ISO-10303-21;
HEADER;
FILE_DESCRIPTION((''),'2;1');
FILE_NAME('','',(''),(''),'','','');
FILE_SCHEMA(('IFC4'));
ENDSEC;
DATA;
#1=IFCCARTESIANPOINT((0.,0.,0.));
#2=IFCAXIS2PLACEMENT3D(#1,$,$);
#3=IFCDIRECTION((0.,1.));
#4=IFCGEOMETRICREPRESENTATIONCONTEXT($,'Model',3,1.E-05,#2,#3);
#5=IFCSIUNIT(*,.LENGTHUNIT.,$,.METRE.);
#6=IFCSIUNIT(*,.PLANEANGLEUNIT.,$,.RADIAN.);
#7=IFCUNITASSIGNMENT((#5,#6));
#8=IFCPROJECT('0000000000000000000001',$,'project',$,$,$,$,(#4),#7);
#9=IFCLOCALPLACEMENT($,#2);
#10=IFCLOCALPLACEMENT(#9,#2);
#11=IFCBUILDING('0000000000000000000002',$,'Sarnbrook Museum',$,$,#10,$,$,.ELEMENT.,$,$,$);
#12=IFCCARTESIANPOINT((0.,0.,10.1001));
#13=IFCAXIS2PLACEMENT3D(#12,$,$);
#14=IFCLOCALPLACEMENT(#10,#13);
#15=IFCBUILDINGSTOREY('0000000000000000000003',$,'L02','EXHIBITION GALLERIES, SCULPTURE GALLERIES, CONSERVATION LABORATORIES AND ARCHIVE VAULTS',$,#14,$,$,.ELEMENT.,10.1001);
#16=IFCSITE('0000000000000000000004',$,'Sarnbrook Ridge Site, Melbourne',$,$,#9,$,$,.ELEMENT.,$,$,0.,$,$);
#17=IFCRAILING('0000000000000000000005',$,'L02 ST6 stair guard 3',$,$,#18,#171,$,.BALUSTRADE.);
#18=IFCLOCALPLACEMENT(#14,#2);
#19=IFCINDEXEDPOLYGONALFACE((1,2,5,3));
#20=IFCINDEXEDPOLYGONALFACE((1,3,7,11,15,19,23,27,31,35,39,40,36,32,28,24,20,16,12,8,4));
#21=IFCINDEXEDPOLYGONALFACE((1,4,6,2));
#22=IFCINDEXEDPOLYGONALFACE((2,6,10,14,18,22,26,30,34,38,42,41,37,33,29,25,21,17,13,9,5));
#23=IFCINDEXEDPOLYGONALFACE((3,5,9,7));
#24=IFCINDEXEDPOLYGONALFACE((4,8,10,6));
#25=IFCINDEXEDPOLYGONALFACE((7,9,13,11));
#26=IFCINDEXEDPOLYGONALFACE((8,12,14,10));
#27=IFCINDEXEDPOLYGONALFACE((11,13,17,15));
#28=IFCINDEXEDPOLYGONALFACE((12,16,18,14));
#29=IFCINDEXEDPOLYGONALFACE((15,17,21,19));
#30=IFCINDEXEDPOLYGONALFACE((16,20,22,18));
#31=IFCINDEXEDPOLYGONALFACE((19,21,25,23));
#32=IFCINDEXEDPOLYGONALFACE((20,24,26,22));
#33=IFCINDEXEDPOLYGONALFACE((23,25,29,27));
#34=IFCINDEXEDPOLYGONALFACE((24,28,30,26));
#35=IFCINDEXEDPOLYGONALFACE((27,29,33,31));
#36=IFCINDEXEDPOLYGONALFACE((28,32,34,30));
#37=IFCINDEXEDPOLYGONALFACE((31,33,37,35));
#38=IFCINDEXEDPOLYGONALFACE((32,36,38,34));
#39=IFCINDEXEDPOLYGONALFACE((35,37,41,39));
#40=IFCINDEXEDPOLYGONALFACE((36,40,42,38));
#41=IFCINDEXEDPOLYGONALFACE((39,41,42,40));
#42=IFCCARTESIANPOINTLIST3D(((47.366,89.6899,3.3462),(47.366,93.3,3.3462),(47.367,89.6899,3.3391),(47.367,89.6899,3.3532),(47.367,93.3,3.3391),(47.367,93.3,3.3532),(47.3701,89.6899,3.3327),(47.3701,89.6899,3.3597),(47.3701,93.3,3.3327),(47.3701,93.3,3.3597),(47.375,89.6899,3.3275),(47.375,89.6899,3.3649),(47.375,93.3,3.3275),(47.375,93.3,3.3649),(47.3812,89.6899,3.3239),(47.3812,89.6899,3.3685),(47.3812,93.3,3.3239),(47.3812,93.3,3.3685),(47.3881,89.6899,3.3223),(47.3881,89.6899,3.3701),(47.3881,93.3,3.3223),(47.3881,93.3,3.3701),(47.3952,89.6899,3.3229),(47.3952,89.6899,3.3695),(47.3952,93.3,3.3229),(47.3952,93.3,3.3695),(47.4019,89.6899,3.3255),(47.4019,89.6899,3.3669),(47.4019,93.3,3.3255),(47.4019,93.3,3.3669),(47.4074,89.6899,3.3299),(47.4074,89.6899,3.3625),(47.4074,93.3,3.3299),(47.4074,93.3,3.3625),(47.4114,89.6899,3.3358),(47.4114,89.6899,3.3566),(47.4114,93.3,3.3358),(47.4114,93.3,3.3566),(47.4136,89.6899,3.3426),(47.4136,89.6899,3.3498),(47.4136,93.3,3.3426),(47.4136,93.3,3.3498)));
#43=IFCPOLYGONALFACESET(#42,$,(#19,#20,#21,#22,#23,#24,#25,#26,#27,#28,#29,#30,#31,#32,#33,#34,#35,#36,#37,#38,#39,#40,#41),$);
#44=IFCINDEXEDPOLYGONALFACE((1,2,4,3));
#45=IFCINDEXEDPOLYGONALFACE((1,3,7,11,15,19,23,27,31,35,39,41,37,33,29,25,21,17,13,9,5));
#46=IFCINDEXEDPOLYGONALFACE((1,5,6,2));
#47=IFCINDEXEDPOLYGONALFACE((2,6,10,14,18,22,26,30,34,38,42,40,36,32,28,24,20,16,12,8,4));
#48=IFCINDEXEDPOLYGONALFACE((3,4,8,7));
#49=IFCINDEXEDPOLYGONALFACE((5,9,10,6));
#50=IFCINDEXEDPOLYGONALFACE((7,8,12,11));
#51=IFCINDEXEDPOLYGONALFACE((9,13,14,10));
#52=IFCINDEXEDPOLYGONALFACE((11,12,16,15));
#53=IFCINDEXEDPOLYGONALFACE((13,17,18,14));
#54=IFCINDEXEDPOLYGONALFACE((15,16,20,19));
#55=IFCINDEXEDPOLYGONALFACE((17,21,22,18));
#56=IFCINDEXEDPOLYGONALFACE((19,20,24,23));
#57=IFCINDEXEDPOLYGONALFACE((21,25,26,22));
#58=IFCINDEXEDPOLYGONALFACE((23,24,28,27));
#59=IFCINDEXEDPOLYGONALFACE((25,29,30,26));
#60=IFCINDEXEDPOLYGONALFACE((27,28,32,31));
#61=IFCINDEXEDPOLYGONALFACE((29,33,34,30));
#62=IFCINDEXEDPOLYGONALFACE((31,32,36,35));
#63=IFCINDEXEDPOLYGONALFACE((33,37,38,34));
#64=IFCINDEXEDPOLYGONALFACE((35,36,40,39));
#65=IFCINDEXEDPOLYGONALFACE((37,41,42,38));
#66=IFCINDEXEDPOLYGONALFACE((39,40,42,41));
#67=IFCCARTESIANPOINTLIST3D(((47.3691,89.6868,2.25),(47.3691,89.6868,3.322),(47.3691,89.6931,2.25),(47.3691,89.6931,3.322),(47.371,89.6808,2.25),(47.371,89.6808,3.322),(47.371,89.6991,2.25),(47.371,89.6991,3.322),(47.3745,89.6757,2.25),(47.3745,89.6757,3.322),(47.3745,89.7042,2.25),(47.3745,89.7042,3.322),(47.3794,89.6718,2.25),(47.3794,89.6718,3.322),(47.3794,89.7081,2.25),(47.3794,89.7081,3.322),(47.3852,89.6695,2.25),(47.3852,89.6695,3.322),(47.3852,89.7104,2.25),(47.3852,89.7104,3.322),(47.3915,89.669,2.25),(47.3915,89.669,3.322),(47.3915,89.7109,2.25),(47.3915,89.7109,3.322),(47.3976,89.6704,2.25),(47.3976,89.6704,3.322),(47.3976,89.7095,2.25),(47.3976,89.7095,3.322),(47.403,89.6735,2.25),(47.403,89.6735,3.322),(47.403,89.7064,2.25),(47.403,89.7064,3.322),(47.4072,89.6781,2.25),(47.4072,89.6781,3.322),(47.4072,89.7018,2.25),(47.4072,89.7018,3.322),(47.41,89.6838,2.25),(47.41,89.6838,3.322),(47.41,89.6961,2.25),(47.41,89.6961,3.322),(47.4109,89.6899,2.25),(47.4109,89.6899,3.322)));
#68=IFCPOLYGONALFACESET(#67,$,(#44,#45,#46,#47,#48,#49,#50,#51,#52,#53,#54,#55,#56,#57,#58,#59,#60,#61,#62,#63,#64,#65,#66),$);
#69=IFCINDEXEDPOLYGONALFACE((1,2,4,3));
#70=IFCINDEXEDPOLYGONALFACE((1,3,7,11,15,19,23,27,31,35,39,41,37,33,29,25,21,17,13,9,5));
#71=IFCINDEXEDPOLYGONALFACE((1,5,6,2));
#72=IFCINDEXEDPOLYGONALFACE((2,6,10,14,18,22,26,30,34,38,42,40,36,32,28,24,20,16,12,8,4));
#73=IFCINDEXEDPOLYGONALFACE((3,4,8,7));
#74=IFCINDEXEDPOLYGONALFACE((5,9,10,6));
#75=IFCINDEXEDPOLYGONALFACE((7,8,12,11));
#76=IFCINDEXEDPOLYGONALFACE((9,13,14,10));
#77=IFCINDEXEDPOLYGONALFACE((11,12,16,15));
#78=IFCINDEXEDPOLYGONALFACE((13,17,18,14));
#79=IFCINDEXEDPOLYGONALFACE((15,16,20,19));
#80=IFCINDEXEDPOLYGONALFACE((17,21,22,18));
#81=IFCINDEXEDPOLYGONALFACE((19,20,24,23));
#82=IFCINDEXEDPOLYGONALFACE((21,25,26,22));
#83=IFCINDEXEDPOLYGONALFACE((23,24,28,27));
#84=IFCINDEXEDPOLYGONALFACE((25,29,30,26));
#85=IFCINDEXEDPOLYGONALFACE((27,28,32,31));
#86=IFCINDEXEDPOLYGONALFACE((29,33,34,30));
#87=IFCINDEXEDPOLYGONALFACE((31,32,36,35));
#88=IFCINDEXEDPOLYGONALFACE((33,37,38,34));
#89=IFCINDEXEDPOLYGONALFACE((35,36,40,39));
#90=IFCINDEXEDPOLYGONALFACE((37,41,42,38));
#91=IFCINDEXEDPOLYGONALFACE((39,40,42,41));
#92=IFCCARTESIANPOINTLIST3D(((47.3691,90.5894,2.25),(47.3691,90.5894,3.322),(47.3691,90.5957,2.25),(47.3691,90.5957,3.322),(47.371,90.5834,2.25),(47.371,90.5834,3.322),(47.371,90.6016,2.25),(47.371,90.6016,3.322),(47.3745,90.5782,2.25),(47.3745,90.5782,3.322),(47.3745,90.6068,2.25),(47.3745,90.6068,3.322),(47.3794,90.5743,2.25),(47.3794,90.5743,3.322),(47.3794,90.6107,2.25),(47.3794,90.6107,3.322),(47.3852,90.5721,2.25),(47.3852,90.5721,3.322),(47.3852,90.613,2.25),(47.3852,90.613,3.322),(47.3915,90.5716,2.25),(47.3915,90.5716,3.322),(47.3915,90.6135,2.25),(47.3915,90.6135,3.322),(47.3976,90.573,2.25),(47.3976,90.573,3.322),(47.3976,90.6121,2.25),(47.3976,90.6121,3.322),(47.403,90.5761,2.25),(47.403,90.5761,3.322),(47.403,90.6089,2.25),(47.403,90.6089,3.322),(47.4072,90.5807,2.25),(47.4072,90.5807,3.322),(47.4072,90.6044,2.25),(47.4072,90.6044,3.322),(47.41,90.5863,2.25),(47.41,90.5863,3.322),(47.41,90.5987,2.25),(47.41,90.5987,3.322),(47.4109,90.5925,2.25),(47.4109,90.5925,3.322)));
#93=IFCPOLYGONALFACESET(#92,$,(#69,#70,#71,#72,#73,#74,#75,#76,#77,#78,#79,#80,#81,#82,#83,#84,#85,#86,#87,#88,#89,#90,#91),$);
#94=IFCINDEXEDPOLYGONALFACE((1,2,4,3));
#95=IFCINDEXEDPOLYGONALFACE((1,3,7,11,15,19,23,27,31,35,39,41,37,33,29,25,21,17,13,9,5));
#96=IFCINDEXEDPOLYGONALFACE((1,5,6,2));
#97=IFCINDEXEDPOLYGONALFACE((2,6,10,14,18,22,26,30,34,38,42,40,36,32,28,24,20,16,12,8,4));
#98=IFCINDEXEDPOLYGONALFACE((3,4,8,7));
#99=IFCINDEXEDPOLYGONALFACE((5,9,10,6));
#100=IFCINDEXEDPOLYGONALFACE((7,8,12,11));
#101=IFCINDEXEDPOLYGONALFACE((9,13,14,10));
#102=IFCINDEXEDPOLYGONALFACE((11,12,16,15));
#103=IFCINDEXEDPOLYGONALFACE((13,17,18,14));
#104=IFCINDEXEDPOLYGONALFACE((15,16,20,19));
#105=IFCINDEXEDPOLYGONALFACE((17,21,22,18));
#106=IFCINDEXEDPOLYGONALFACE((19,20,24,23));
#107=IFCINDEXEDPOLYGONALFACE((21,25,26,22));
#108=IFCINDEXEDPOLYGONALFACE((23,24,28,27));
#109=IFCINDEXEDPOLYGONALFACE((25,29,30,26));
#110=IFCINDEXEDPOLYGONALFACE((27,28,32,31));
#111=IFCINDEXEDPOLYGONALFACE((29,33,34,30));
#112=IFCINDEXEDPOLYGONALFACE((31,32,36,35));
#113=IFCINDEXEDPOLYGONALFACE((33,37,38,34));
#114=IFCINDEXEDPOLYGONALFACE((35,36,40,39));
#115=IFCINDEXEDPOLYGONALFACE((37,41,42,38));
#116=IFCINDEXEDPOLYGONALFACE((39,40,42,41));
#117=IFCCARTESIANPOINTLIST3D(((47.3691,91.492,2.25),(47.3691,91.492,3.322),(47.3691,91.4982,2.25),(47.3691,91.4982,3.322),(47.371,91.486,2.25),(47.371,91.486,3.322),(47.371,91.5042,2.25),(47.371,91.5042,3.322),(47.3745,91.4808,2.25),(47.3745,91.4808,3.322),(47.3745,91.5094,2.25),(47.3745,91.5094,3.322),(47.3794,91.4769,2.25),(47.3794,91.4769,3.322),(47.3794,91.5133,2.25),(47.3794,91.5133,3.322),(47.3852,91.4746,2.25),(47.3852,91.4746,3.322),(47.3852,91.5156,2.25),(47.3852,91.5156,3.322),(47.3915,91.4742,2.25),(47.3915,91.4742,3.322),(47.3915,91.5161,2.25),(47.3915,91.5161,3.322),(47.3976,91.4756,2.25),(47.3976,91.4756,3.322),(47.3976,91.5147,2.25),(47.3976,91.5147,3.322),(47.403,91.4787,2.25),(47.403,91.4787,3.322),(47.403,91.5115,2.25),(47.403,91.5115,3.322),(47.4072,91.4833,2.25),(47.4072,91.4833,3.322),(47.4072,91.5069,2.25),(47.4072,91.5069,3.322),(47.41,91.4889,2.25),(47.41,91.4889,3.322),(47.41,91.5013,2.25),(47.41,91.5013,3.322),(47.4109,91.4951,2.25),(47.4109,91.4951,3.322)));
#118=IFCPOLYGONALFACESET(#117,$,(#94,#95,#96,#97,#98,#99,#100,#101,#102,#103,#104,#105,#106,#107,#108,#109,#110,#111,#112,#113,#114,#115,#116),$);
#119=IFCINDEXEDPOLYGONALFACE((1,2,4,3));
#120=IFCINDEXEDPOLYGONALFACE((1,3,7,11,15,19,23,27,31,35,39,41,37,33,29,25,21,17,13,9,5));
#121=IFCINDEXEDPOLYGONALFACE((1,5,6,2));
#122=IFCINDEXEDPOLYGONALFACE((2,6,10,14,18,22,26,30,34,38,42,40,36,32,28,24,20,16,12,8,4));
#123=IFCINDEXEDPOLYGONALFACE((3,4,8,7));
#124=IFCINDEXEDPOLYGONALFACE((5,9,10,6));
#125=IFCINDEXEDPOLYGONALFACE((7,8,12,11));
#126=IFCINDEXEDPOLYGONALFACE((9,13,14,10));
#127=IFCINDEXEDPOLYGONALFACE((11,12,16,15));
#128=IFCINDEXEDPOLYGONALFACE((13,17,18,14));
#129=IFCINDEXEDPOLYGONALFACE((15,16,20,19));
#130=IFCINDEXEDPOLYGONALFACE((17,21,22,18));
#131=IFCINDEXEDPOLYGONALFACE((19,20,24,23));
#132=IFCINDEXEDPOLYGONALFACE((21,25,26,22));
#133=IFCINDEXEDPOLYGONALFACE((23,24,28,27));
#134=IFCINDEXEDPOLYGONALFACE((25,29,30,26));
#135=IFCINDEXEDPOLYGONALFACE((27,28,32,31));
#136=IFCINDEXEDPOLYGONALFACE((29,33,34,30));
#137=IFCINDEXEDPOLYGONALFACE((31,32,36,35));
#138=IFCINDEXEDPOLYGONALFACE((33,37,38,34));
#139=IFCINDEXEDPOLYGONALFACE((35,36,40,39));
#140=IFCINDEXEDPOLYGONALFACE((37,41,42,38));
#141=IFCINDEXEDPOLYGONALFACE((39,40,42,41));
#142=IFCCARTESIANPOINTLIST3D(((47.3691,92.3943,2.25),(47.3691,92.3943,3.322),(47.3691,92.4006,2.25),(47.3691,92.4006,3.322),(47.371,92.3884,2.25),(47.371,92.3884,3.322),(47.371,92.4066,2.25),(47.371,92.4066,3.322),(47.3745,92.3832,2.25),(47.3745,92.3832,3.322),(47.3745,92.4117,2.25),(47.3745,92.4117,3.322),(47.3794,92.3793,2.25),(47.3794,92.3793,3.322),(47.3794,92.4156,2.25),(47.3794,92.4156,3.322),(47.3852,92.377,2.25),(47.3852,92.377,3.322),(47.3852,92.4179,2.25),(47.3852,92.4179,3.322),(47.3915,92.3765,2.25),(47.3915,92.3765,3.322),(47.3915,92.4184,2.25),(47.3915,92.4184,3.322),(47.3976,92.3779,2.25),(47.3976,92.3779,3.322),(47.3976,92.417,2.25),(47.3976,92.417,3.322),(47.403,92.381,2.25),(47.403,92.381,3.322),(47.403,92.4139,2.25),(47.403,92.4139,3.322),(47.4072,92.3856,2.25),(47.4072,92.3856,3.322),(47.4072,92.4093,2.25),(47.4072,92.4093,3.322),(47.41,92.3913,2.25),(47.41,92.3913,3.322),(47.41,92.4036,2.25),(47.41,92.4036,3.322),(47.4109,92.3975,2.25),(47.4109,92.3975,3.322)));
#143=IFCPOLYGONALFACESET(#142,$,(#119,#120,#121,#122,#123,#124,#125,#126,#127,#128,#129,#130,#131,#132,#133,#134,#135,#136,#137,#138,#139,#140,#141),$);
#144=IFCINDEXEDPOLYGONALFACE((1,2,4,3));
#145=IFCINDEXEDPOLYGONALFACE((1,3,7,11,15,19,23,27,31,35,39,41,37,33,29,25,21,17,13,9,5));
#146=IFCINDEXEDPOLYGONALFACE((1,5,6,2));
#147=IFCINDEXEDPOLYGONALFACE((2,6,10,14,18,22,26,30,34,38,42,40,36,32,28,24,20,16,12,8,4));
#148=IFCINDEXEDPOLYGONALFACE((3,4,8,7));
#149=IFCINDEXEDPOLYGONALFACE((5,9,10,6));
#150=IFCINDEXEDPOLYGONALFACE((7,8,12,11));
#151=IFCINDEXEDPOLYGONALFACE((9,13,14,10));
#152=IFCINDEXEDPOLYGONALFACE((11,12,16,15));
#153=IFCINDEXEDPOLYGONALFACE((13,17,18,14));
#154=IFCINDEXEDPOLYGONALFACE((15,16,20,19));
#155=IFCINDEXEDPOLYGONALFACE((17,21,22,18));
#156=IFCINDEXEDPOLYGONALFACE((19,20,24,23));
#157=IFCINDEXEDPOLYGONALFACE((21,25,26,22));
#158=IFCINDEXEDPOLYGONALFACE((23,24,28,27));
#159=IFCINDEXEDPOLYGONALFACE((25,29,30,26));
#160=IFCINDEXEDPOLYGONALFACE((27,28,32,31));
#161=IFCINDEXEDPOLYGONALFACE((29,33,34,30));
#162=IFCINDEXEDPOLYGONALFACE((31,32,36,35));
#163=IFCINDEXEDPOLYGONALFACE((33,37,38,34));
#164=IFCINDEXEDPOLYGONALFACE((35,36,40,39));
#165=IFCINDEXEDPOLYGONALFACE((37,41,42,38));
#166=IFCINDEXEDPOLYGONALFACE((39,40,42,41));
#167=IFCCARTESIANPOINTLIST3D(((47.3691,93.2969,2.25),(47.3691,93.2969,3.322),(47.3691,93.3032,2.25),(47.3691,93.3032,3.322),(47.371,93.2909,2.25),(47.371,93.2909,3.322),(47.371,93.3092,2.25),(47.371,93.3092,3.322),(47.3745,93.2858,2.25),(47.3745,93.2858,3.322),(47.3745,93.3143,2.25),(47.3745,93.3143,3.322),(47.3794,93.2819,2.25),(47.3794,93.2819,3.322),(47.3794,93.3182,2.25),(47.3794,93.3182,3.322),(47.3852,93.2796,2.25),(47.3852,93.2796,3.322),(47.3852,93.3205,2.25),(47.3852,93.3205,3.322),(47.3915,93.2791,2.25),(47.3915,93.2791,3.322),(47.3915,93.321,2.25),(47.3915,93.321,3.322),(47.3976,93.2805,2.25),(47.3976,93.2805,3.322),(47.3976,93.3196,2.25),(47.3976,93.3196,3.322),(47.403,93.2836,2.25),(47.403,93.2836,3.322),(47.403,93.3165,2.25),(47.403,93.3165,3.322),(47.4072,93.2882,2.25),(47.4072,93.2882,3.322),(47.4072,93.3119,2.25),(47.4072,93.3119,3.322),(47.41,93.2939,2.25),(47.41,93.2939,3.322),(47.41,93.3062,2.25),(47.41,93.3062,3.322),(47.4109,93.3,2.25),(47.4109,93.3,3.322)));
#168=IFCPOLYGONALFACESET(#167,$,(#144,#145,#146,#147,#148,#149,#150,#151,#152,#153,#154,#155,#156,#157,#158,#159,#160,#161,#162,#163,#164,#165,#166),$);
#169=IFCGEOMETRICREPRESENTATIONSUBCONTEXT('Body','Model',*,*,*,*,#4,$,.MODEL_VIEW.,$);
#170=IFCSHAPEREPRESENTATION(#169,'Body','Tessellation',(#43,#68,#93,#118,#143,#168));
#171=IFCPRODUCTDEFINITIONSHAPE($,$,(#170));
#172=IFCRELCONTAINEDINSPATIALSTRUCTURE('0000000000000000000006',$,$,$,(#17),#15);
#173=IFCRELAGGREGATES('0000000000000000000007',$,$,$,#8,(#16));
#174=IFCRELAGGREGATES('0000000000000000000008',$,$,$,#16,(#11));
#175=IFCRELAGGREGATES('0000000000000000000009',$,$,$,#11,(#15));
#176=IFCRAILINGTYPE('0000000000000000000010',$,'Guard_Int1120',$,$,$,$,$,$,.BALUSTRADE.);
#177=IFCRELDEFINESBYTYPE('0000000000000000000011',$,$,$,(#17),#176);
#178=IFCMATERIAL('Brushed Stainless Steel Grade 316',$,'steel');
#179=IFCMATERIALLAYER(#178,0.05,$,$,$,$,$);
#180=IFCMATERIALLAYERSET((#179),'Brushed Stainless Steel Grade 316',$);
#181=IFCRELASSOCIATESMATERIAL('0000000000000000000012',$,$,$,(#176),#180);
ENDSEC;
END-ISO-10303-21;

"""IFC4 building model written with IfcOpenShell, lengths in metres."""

from ifc_helpers import new_model, si_unit, direction, frame, origin, origin_2d, place, context, subcontext, project, spatial, circle, extrude, material, layer, layer_set, type_object, element, save


model = new_model("IFC4")

# Units and contexts
model_context = context("Model", 3, precision=1e-05, world=origin(), true_north=direction((0.0, 1.0)))
body_context = subcontext(model_context, "Body", "Model", "MODEL_VIEW")
ifc_project = project(units=[si_unit("LENGTHUNIT", "METRE"), si_unit("PLANEANGLEUNIT", "RADIAN")], contexts=[model_context])

# Site, building, storey
site_placement = place(None, origin())
site = spatial("IfcSite", under=ifc_project, at=site_placement, Name="Sarnbrook Ridge Site, Melbourne", CompositionType="ELEMENT", RefElevation=0.0)
building_placement = place(site_placement, origin())
building = spatial("IfcBuilding", under=site, at=building_placement, Name="Sarnbrook Museum", CompositionType="ELEMENT")
storey_placement = place(building_placement, frame((0.0, 0.0, 10.1001)))
storey = spatial("IfcBuildingStorey", under=building, at=storey_placement, Name="L02", Description="EXHIBITION GALLERIES, SCULPTURE GALLERIES, CONSERVATION LABORATORIES AND ARCHIVE VAULTS", CompositionType="ELEMENT", Elevation=10.1001)

# Railing
ifc_material_1 = material(Name="Brushed Stainless Steel Grade 316", Category="steel")
ifc_layer_1 = layer(ifc_material_1, 0.05)
ifc_layer_set_1 = layer_set([ifc_layer_1], Name="Brushed Stainless Steel Grade 316")
railing_type_1 = type_object("IfcRailingType", Name="Guard_Int1120", PredefinedType="BALUSTRADE", material=ifc_layer_set_1)
for number, where, name in (
    (1, (47.3899, 89.6899, 2.25), "L02 ST6 stair guard 3"),
):
    element("IfcRailing", number, at=place(storey_placement, frame(where)), inside=storey, type_object=railing_type_1, Name=name, PredefinedType="BALUSTRADE", context=body_context, shape_type="SweptSolid", body=[
        extrude(circle(Radius=0.0239, at=origin_2d()), frame((0.0, 0.0, 1.0962), z_axis=(0.0, 1.0, 0.0), x_axis=(-1.0, 0.0, 0.0)), (0.0, 0.0, 1.0), 3.6101),
        extrude(circle(Radius=0.021, at=origin_2d()), origin(), (0.0, 0.0, 1.0), 1.072),
        extrude(circle(Radius=0.021, at=origin_2d()), frame((0.0, 0.9026, 0.0)), (0.0, 0.0, 1.0), 1.072),
        extrude(circle(Radius=0.021, at=origin_2d()), frame((0.0, 1.8052, 0.0)), (0.0, 0.0, 1.0), 1.072),
        extrude(circle(Radius=0.021, at=origin_2d()), frame((0.0, 2.7075, 0.0)), (0.0, 0.0, 1.0), 1.072),
        extrude(circle(Radius=0.021, at=origin_2d()), frame((0.0, 3.6101, 0.0)), (0.0, 0.0, 1.0), 1.072),
    ])

save(model, "model.ifc")
